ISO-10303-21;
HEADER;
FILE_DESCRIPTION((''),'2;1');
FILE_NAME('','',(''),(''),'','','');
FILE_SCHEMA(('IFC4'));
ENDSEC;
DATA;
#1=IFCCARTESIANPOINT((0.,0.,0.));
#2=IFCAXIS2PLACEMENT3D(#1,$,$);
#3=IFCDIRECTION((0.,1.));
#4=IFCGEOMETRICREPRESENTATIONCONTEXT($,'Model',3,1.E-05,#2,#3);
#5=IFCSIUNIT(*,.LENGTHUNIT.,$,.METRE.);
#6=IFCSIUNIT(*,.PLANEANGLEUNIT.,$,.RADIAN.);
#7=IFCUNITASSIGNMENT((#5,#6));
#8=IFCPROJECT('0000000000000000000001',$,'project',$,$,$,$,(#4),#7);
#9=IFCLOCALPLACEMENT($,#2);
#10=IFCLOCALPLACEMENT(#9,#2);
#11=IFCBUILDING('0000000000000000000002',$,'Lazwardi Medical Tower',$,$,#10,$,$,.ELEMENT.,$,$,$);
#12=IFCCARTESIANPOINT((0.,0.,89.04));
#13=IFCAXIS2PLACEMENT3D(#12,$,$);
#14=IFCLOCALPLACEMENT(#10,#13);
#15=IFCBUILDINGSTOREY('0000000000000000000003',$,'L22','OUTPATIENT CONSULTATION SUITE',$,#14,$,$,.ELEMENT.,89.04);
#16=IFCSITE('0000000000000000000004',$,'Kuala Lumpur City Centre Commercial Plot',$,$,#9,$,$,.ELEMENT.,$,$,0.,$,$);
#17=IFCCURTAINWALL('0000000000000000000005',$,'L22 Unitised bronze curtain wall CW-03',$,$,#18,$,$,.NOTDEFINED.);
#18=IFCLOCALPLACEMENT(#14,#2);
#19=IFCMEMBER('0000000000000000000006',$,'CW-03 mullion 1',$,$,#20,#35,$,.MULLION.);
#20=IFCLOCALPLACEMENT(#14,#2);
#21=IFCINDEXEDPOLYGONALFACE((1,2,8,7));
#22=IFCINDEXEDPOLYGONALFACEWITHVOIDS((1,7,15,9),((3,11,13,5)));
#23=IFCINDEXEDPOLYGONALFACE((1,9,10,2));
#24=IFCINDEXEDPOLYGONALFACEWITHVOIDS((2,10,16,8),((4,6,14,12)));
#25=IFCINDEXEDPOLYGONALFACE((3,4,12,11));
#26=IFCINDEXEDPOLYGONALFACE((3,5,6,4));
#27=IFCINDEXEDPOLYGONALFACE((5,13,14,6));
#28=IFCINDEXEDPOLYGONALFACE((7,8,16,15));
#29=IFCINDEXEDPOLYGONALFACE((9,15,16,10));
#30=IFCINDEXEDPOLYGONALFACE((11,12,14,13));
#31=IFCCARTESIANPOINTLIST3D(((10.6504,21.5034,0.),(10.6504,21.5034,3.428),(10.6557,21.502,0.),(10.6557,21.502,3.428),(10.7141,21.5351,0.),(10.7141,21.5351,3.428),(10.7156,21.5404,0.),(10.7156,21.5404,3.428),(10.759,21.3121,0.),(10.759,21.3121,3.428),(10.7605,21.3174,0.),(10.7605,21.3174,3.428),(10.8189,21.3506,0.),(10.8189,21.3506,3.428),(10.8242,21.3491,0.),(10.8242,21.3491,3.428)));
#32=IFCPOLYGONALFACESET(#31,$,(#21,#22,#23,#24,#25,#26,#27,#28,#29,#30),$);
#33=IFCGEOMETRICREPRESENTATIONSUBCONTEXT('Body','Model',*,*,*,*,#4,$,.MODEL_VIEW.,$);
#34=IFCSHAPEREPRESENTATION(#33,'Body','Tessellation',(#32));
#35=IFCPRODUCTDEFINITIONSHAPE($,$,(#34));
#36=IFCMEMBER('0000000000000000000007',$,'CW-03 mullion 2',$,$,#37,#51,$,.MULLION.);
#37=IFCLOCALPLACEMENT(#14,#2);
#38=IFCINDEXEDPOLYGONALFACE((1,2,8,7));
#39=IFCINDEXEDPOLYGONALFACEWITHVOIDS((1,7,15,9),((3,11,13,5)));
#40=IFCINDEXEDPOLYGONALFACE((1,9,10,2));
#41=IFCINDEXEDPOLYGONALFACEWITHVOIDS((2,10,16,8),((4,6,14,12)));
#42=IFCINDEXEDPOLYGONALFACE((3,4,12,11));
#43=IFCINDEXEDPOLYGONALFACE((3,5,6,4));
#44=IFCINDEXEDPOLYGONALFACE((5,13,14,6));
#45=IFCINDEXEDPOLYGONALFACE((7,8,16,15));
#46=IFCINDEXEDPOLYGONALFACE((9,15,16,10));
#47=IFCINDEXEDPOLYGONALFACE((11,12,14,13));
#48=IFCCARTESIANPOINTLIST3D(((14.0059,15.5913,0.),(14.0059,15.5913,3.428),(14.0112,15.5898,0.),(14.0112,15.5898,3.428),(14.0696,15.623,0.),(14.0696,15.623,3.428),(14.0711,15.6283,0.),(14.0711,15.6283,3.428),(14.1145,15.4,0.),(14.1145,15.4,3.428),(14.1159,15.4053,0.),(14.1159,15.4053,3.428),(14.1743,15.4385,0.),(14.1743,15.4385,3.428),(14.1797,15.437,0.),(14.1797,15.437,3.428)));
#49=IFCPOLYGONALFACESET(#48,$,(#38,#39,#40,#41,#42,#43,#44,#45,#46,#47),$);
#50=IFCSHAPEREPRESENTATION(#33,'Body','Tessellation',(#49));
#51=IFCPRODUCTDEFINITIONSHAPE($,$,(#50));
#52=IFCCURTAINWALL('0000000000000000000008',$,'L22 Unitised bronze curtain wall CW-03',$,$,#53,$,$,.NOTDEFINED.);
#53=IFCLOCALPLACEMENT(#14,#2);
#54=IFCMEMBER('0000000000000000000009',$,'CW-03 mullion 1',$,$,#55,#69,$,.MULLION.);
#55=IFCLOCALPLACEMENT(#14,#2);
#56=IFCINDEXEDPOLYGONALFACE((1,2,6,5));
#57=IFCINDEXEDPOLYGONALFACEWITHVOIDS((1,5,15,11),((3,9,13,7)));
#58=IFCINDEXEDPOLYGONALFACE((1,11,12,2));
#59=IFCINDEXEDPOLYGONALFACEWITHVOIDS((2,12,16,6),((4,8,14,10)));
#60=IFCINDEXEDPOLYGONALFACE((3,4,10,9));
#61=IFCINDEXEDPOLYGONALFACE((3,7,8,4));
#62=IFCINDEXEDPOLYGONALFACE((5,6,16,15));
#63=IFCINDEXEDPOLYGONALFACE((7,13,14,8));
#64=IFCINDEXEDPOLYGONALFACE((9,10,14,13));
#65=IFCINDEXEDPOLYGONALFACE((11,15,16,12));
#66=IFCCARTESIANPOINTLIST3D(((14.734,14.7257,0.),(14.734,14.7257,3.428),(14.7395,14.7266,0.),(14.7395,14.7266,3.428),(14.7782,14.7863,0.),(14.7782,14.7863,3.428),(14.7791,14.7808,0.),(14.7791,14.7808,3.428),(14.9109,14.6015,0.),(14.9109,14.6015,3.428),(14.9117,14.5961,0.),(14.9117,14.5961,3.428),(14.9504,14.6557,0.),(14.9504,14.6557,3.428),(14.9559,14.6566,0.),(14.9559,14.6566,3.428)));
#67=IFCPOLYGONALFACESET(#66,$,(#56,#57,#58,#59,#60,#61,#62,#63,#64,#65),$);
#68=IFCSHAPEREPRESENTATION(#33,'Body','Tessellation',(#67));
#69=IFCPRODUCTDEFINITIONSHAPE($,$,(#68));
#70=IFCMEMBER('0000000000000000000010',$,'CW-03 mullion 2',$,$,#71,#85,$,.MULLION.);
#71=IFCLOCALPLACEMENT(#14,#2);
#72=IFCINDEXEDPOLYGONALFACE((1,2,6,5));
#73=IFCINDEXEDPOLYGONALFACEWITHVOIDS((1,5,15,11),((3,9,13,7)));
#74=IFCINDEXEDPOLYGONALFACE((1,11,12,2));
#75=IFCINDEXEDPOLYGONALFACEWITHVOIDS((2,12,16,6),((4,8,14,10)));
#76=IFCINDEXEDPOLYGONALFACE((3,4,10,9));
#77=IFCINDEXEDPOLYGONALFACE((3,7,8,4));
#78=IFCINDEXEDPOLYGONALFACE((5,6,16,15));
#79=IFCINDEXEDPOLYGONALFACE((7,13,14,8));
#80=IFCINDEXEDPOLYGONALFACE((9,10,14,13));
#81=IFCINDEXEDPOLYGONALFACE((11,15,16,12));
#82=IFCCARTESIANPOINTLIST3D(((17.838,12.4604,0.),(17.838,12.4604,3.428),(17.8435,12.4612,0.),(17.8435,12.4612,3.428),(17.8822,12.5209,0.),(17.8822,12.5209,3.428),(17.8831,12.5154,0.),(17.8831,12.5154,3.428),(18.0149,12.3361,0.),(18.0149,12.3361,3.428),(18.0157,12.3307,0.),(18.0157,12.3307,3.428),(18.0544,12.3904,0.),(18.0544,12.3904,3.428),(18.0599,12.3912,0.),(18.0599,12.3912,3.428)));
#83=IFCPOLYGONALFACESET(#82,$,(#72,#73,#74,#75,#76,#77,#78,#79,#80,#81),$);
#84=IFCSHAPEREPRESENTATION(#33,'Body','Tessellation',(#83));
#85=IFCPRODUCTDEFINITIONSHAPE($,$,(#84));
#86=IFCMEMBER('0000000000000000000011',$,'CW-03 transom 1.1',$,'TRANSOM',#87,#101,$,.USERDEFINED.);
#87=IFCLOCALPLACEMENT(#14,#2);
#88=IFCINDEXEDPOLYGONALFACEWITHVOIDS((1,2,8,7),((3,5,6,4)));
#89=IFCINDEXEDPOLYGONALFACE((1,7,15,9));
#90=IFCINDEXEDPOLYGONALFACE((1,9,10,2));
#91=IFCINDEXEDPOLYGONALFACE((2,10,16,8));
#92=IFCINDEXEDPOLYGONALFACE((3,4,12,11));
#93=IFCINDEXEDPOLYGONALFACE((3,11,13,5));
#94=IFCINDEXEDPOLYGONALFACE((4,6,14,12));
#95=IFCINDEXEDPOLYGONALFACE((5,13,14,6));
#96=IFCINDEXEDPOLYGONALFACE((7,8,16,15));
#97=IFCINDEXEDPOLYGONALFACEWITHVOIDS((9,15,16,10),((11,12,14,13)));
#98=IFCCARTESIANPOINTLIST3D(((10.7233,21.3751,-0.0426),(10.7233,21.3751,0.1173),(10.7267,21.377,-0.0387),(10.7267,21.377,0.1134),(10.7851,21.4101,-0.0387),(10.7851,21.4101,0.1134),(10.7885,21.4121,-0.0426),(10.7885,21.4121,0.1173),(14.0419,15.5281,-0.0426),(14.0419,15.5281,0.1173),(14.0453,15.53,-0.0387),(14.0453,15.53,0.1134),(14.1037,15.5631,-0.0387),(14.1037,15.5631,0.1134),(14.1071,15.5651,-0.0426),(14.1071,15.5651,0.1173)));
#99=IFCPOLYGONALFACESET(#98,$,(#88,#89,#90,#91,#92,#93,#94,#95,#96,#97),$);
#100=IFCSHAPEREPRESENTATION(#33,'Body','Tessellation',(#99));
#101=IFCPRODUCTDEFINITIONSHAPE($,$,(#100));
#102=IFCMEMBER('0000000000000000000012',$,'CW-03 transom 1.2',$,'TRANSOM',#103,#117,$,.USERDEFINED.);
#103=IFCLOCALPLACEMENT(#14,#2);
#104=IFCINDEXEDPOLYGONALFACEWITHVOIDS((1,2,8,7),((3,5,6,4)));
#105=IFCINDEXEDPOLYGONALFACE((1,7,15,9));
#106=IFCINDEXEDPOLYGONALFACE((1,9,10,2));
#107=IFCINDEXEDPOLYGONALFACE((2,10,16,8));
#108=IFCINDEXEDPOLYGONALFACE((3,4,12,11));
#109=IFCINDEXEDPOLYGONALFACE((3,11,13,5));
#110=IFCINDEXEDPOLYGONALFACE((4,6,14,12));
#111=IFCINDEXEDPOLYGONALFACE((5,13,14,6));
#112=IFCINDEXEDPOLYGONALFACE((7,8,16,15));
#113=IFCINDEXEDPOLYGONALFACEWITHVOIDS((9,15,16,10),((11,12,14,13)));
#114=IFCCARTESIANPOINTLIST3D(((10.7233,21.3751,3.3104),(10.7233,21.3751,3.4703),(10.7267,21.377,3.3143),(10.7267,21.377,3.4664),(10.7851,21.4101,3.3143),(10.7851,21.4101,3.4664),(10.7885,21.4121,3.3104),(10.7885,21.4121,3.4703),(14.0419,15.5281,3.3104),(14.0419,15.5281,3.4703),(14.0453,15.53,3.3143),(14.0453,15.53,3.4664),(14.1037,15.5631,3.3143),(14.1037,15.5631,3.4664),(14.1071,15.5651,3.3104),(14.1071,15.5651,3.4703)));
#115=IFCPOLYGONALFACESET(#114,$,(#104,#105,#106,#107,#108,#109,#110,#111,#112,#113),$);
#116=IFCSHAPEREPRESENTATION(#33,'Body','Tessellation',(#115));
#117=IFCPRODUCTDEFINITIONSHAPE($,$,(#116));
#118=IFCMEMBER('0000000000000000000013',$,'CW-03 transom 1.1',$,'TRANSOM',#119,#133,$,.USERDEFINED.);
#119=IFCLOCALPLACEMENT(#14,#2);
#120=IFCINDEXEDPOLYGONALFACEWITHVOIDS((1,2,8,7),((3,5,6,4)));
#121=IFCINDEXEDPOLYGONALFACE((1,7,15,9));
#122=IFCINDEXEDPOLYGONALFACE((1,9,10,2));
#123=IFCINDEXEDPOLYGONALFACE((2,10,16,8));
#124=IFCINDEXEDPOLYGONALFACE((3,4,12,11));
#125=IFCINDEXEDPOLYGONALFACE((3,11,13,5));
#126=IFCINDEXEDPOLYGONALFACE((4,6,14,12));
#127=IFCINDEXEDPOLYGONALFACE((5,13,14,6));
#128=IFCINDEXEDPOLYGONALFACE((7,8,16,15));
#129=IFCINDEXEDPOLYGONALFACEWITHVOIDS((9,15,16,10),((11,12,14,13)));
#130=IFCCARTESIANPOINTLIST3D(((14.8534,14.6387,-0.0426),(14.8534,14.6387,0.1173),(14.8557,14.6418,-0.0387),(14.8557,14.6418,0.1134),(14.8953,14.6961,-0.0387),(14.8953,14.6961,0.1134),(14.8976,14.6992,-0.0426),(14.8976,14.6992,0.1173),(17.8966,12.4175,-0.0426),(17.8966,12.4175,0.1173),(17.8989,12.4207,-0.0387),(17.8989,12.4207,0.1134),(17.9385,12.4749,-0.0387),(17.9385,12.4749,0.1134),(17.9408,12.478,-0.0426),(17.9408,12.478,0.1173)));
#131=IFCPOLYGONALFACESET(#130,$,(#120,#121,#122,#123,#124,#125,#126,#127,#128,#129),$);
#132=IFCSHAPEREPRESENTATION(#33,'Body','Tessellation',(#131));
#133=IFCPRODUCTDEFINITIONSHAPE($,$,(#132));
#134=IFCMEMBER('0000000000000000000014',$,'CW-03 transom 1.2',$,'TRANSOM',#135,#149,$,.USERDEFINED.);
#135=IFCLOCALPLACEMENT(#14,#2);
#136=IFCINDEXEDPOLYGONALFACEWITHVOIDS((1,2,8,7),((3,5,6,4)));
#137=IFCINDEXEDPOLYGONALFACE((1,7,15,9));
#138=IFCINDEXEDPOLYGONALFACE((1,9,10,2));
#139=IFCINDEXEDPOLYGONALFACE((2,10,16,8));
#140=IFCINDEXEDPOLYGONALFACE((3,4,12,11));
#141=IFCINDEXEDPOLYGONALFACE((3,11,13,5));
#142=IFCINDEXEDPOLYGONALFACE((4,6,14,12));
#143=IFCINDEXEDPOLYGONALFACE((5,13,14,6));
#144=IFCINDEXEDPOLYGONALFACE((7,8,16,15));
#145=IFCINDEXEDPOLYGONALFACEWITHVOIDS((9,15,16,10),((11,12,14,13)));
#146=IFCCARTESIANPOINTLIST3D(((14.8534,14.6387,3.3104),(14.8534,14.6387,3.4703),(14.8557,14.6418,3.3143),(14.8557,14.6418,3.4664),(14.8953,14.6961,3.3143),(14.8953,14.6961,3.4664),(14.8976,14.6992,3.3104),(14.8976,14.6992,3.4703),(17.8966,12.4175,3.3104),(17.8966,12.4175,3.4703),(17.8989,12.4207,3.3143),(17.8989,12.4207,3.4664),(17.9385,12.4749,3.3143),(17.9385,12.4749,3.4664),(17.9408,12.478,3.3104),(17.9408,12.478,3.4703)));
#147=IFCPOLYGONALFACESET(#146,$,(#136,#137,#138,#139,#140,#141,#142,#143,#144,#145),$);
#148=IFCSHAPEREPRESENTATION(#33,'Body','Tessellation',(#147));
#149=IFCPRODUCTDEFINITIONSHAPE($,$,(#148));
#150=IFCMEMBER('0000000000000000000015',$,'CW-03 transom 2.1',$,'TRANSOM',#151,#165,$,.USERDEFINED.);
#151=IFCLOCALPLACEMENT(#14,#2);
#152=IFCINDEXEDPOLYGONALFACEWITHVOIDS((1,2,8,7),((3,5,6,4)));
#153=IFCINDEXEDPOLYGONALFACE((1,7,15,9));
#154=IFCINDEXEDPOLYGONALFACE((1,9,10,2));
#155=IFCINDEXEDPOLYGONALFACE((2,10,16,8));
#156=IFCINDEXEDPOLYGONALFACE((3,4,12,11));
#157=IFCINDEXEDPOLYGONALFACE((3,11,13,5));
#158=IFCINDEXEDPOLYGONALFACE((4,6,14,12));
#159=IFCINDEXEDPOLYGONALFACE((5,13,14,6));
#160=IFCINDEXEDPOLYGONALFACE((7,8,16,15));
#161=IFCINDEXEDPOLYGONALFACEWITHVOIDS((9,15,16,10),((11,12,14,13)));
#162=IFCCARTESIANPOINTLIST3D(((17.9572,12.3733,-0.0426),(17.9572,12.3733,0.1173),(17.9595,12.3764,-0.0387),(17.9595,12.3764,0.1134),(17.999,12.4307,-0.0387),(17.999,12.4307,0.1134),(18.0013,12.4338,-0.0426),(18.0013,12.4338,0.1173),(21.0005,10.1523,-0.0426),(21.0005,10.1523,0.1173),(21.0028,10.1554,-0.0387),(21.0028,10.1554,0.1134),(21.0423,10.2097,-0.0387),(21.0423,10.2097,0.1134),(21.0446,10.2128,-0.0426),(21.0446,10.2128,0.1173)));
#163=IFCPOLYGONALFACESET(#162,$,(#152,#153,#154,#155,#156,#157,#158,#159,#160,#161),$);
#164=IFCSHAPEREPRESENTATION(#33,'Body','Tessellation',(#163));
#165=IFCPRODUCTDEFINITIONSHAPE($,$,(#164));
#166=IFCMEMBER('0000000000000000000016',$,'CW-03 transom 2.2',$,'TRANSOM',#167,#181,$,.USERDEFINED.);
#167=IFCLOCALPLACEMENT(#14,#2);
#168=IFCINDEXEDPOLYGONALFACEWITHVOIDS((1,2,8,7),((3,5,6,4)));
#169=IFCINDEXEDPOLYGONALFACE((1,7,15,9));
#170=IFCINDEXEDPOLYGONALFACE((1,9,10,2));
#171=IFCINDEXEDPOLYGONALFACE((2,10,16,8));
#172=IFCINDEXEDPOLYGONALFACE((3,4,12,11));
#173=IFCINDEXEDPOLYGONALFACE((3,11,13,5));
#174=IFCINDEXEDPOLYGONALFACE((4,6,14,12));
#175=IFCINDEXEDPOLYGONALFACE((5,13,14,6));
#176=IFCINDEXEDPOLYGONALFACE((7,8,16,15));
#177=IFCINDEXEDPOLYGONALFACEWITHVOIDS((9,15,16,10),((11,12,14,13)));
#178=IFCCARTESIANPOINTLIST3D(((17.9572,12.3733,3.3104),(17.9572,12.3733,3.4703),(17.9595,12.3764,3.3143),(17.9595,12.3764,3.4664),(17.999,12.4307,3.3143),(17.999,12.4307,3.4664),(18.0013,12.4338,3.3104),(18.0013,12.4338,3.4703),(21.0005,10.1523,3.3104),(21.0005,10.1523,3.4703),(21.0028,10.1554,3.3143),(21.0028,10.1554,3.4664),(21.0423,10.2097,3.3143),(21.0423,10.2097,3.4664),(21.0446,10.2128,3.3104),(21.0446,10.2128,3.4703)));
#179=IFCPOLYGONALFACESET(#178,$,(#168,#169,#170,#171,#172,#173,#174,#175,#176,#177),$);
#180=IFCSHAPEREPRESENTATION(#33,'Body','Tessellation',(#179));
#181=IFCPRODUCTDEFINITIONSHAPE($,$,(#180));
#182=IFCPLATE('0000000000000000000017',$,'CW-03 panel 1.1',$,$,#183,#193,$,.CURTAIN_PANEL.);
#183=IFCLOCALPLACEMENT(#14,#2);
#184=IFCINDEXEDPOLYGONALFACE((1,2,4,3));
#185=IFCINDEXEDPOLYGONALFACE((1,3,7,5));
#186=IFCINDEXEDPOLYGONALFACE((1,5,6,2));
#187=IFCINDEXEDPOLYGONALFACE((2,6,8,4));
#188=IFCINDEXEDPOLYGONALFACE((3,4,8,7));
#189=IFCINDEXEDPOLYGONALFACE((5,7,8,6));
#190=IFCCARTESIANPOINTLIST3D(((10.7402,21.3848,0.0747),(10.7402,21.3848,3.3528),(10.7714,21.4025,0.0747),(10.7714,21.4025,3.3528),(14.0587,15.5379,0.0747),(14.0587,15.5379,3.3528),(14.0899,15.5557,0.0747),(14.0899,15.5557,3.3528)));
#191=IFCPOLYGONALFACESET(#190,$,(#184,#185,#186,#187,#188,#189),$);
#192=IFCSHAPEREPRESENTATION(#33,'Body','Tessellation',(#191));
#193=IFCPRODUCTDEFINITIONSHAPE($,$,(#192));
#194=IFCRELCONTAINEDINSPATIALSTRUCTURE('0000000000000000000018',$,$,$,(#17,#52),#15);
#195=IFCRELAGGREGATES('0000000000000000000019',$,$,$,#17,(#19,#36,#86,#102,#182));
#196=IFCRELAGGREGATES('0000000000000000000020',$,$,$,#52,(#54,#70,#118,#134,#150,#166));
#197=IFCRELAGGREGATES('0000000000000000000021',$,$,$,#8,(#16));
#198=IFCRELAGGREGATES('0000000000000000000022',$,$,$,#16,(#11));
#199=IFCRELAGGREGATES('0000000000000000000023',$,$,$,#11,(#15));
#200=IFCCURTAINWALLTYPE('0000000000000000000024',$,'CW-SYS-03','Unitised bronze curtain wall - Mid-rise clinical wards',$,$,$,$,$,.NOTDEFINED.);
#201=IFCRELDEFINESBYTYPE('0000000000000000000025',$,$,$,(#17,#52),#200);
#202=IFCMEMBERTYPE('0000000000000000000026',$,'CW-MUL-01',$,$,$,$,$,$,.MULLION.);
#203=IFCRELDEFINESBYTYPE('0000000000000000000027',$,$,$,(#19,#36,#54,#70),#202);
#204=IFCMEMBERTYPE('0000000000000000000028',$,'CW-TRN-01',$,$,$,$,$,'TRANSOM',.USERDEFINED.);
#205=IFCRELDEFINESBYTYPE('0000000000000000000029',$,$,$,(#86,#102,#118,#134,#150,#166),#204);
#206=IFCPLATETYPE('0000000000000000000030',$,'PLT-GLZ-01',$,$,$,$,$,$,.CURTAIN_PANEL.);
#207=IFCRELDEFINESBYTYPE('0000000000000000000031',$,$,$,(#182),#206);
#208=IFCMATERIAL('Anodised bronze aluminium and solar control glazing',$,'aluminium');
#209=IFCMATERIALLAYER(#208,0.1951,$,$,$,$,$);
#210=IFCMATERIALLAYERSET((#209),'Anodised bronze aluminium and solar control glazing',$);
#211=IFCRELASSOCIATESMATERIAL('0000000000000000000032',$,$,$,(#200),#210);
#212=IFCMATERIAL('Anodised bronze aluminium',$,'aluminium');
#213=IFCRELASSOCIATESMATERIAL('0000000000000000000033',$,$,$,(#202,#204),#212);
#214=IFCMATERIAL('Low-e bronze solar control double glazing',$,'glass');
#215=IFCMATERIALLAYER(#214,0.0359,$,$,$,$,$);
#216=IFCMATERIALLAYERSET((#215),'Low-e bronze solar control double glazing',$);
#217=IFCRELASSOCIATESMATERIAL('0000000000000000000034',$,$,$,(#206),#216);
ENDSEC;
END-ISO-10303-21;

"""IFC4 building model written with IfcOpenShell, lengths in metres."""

from ifc_helpers import new_model, si_unit, direction, frame, origin, origin_2d, place, context, subcontext, project, spatial, rectangle, hollow_rectangle, extrude, material, layer, layer_set, material_profile, profile_set, type_object, element, aggregate, save


model = new_model("IFC4")

# Units and contexts
model_context = context("Model", 3, precision=1e-05, world=origin(), true_north=direction((0.0, 1.0)))
body_context = subcontext(model_context, "Body", "Model", "MODEL_VIEW")
ifc_project = project(units=[si_unit("LENGTHUNIT", "METRE"), si_unit("PLANEANGLEUNIT", "RADIAN")], contexts=[model_context])

# Site, building, storey
site_placement = place(None, origin())
site = spatial("IfcSite", under=ifc_project, at=site_placement, Name="Kuala Lumpur City Centre Commercial Plot", CompositionType="ELEMENT", RefElevation=0.0)
building_placement = place(site_placement, origin())
building = spatial("IfcBuilding", under=site, at=building_placement, Name="Lazwardi Medical Tower", CompositionType="ELEMENT")
storey_placement = place(building_placement, frame((0.0, 0.0, 89.04)))
storey = spatial("IfcBuildingStorey", under=building, at=storey_placement, Name="L22", Description="OUTPATIENT CONSULTATION SUITE", CompositionType="ELEMENT", Elevation=89.04)

# Curtain walls, members
ifc_material_1 = material(Name="Anodised bronze aluminium and solar control glazing", Category="aluminium")
ifc_layer_1 = layer(ifc_material_1, 0.1951)
ifc_layer_set_1 = layer_set([ifc_layer_1], Name="Anodised bronze aluminium and solar control glazing")
curtain_wall_type = type_object("IfcCurtainWallType", Name="CW-SYS-03", Description="Unitised bronze curtain wall - Mid-rise clinical wards", PredefinedType="NOTDEFINED", material=ifc_layer_set_1)
curtain_wall_1_placement = place(storey_placement, origin())
curtain_wall_1 = element("IfcCurtainWall", 1, at=curtain_wall_1_placement, inside=storey, type_object=curtain_wall_type, Name="L22 Unitised bronze curtain wall CW-03", PredefinedType="NOTDEFINED")
ifc_material_2 = material(Name="Anodised bronze aluminium", Category="aluminium")
ifc_material_profile_1 = material_profile(ifc_material_2, hollow_rectangle(XDim=0.075, YDim=0.22, WallThickness=0.0039, at=origin_2d()), Name="ALU-MULLION 220x75x4")
ifc_profile_set_1 = profile_set([ifc_material_profile_1], Name="Anodised bronze aluminium")
member_type_1 = type_object("IfcMemberType", Name="CW-MUL-01", PredefinedType="MULLION", material=ifc_profile_set_1)
member_1_placement = place(storey_placement, frame((10.7373, 21.4263, 0.0), z_axis=(0.0, 0.0, 1.0), x_axis=(0.869687, 0.493603, 0.0)))
member_1 = element("IfcMember", 2, at=member_1_placement, type_object=member_type_1, Name="CW-03 mullion 1", PredefinedType="MULLION", context=body_context, shape_type="SweptSolid", body=[
    extrude(hollow_rectangle(XDim=0.075, YDim=0.22, WallThickness=0.0039, at=origin_2d()), origin(), (0.0, 0.0, 1.0), 3.428),
])
member_2_placement = place(storey_placement, frame((14.0928, 15.5142, 0.0), z_axis=(0.0, 0.0, 1.0), x_axis=(0.869687, 0.493603, 0.0)))
member_2 = element("IfcMember", 3, at=member_2_placement, type_object=member_type_1, Name="CW-03 mullion 2", PredefinedType="MULLION", context=body_context, shape_type="SweptSolid", body=[
    extrude(hollow_rectangle(XDim=0.075, YDim=0.22, WallThickness=0.0039, at=origin_2d()), origin(), (0.0, 0.0, 1.0), 3.428),
])
curtain_wall_2_placement = place(storey_placement, origin())
curtain_wall_2 = element("IfcCurtainWall", 4, at=curtain_wall_2_placement, inside=storey, type_object=curtain_wall_type, Name="L22 Unitised bronze curtain wall CW-03", PredefinedType="NOTDEFINED")
member_3_placement = place(storey_placement, frame((14.845, 14.6912, 0.0), z_axis=(0.0, 0.0, 1.0), x_axis=(0.589531, 0.807746, 0.0)))
member_3 = element("IfcMember", 5, at=member_3_placement, type_object=member_type_1, Name="CW-03 mullion 1", PredefinedType="MULLION", context=body_context, shape_type="SweptSolid", body=[
    extrude(hollow_rectangle(XDim=0.075, YDim=0.22, WallThickness=0.0039, at=origin_2d()), origin(), (0.0, 0.0, 1.0), 3.428),
])
member_4_placement = place(storey_placement, frame((17.949, 12.4258, 0.0), z_axis=(0.0, 0.0, 1.0), x_axis=(0.589531, 0.807746, 0.0)))
member_4 = element("IfcMember", 6, at=member_4_placement, type_object=member_type_1, Name="CW-03 mullion 2", PredefinedType="MULLION", context=body_context, shape_type="SweptSolid", body=[
    extrude(hollow_rectangle(XDim=0.075, YDim=0.22, WallThickness=0.0039, at=origin_2d()), origin(), (0.0, 0.0, 1.0), 3.428),
])

# Members
ifc_material_profile_2 = material_profile(ifc_material_2, hollow_rectangle(XDim=0.075, YDim=0.1599, WallThickness=0.0039, at=origin_2d()), Name="ALU-TRANSOM 160x75x4")
ifc_profile_set_2 = profile_set([ifc_material_profile_2], Name="Anodised bronze aluminium")
member_type_2 = type_object("IfcMemberType", Name="CW-TRN-01", ElementType="TRANSOM", PredefinedType="USERDEFINED", material=ifc_profile_set_2)
member_5_placement = place(storey_placement, frame((10.7559, 21.3936, 0.0374), z_axis=(0.493614, -0.869681, 0.0), x_axis=(0.869681, 0.493614, 0.0)))
member_5 = element("IfcMember", 7, at=member_5_placement, type_object=member_type_2, Name="CW-03 transom 1.1", ObjectType="TRANSOM", PredefinedType="USERDEFINED", context=body_context, shape_type="SweptSolid", body=[
    extrude(hollow_rectangle(XDim=0.075, YDim=0.1599, WallThickness=0.0039, at=origin_2d()), origin(), (0.0, 0.0, 1.0), 6.7231),
])
member_6_placement = place(storey_placement, frame((10.7559, 21.3936, 3.3904), z_axis=(0.493614, -0.869681, 0.0), x_axis=(0.869681, 0.493614, 0.0)))
member_6 = element("IfcMember", 8, at=member_6_placement, type_object=member_type_2, Name="CW-03 transom 1.2", ObjectType="TRANSOM", PredefinedType="USERDEFINED", context=body_context, shape_type="SweptSolid", body=[
    extrude(hollow_rectangle(XDim=0.075, YDim=0.1599, WallThickness=0.0039, at=origin_2d()), origin(), (0.0, 0.0, 1.0), 6.7231),
])
member_7_placement = place(storey_placement, frame((14.8755, 14.6689, 0.0374), z_axis=(0.807732, -0.58955, 0.0), x_axis=(0.58955, 0.807732, 0.0)))
member_7 = element("IfcMember", 9, at=member_7_placement, type_object=member_type_2, Name="CW-03 transom 1.1", ObjectType="TRANSOM", PredefinedType="USERDEFINED", context=body_context, shape_type="SweptSolid", body=[
    extrude(hollow_rectangle(XDim=0.075, YDim=0.1599, WallThickness=0.0039, at=origin_2d()), origin(), (0.0, 0.0, 1.0), 3.7676),
])
member_8_placement = place(storey_placement, frame((14.8755, 14.6689, 3.3904), z_axis=(0.807732, -0.58955, 0.0), x_axis=(0.58955, 0.807732, 0.0)))
member_8 = element("IfcMember", 10, at=member_8_placement, type_object=member_type_2, Name="CW-03 transom 1.2", ObjectType="TRANSOM", PredefinedType="USERDEFINED", context=body_context, shape_type="SweptSolid", body=[
    extrude(hollow_rectangle(XDim=0.075, YDim=0.1599, WallThickness=0.0039, at=origin_2d()), origin(), (0.0, 0.0, 1.0), 3.7676),
])
member_9_placement = place(storey_placement, frame((17.9792, 12.4036, 0.0374), z_axis=(0.807763, -0.589508, 0.0), x_axis=(0.589508, 0.807763, 0.0)))
member_9 = element("IfcMember", 11, at=member_9_placement, type_object=member_type_2, Name="CW-03 transom 2.1", ObjectType="TRANSOM", PredefinedType="USERDEFINED", context=body_context, shape_type="SweptSolid", body=[
    extrude(hollow_rectangle(XDim=0.075, YDim=0.1599, WallThickness=0.0039, at=origin_2d()), origin(), (0.0, 0.0, 1.0), 3.7676),
])
member_10_placement = place(storey_placement, frame((17.9792, 12.4036, 3.3904), z_axis=(0.807763, -0.589508, 0.0), x_axis=(0.589508, 0.807763, 0.0)))
member_10 = element("IfcMember", 12, at=member_10_placement, type_object=member_type_2, Name="CW-03 transom 2.2", ObjectType="TRANSOM", PredefinedType="USERDEFINED", context=body_context, shape_type="SweptSolid", body=[
    extrude(hollow_rectangle(XDim=0.075, YDim=0.1599, WallThickness=0.0039, at=origin_2d()), origin(), (0.0, 0.0, 1.0), 3.7676),
])

# Plate
ifc_material_3 = material(Name="Low-e bronze solar control double glazing", Category="glass")
ifc_layer_2 = layer(ifc_material_3, 0.0359)
ifc_layer_set_2 = layer_set([ifc_layer_2], Name="Low-e bronze solar control double glazing")
plate_type = type_object("IfcPlateType", Name="PLT-GLZ-01", PredefinedType="CURTAIN_PANEL", material=ifc_layer_set_2)
plate_1_placement = place(storey_placement, frame((12.415, 18.4702, 0.0747), z_axis=(0.0, 0.0, 1.0), x_axis=(0.493603, -0.869687, 0.0)))
plate_1 = element("IfcPlate", 13, at=plate_1_placement, type_object=plate_type, Name="CW-03 panel 1.1", PredefinedType="CURTAIN_PANEL", context=body_context, shape_type="SweptSolid", body=[
    extrude(rectangle(XDim=6.7229, YDim=0.0359, at=origin_2d()), origin(), (0.0, 0.0, 1.0), 3.2781),
])
aggregate(curtain_wall_1, [member_1, member_2, member_5, member_6, plate_1])
aggregate(curtain_wall_2, [member_3, member_4, member_7, member_8, member_9, member_10])

save(model, "model.ifc")
